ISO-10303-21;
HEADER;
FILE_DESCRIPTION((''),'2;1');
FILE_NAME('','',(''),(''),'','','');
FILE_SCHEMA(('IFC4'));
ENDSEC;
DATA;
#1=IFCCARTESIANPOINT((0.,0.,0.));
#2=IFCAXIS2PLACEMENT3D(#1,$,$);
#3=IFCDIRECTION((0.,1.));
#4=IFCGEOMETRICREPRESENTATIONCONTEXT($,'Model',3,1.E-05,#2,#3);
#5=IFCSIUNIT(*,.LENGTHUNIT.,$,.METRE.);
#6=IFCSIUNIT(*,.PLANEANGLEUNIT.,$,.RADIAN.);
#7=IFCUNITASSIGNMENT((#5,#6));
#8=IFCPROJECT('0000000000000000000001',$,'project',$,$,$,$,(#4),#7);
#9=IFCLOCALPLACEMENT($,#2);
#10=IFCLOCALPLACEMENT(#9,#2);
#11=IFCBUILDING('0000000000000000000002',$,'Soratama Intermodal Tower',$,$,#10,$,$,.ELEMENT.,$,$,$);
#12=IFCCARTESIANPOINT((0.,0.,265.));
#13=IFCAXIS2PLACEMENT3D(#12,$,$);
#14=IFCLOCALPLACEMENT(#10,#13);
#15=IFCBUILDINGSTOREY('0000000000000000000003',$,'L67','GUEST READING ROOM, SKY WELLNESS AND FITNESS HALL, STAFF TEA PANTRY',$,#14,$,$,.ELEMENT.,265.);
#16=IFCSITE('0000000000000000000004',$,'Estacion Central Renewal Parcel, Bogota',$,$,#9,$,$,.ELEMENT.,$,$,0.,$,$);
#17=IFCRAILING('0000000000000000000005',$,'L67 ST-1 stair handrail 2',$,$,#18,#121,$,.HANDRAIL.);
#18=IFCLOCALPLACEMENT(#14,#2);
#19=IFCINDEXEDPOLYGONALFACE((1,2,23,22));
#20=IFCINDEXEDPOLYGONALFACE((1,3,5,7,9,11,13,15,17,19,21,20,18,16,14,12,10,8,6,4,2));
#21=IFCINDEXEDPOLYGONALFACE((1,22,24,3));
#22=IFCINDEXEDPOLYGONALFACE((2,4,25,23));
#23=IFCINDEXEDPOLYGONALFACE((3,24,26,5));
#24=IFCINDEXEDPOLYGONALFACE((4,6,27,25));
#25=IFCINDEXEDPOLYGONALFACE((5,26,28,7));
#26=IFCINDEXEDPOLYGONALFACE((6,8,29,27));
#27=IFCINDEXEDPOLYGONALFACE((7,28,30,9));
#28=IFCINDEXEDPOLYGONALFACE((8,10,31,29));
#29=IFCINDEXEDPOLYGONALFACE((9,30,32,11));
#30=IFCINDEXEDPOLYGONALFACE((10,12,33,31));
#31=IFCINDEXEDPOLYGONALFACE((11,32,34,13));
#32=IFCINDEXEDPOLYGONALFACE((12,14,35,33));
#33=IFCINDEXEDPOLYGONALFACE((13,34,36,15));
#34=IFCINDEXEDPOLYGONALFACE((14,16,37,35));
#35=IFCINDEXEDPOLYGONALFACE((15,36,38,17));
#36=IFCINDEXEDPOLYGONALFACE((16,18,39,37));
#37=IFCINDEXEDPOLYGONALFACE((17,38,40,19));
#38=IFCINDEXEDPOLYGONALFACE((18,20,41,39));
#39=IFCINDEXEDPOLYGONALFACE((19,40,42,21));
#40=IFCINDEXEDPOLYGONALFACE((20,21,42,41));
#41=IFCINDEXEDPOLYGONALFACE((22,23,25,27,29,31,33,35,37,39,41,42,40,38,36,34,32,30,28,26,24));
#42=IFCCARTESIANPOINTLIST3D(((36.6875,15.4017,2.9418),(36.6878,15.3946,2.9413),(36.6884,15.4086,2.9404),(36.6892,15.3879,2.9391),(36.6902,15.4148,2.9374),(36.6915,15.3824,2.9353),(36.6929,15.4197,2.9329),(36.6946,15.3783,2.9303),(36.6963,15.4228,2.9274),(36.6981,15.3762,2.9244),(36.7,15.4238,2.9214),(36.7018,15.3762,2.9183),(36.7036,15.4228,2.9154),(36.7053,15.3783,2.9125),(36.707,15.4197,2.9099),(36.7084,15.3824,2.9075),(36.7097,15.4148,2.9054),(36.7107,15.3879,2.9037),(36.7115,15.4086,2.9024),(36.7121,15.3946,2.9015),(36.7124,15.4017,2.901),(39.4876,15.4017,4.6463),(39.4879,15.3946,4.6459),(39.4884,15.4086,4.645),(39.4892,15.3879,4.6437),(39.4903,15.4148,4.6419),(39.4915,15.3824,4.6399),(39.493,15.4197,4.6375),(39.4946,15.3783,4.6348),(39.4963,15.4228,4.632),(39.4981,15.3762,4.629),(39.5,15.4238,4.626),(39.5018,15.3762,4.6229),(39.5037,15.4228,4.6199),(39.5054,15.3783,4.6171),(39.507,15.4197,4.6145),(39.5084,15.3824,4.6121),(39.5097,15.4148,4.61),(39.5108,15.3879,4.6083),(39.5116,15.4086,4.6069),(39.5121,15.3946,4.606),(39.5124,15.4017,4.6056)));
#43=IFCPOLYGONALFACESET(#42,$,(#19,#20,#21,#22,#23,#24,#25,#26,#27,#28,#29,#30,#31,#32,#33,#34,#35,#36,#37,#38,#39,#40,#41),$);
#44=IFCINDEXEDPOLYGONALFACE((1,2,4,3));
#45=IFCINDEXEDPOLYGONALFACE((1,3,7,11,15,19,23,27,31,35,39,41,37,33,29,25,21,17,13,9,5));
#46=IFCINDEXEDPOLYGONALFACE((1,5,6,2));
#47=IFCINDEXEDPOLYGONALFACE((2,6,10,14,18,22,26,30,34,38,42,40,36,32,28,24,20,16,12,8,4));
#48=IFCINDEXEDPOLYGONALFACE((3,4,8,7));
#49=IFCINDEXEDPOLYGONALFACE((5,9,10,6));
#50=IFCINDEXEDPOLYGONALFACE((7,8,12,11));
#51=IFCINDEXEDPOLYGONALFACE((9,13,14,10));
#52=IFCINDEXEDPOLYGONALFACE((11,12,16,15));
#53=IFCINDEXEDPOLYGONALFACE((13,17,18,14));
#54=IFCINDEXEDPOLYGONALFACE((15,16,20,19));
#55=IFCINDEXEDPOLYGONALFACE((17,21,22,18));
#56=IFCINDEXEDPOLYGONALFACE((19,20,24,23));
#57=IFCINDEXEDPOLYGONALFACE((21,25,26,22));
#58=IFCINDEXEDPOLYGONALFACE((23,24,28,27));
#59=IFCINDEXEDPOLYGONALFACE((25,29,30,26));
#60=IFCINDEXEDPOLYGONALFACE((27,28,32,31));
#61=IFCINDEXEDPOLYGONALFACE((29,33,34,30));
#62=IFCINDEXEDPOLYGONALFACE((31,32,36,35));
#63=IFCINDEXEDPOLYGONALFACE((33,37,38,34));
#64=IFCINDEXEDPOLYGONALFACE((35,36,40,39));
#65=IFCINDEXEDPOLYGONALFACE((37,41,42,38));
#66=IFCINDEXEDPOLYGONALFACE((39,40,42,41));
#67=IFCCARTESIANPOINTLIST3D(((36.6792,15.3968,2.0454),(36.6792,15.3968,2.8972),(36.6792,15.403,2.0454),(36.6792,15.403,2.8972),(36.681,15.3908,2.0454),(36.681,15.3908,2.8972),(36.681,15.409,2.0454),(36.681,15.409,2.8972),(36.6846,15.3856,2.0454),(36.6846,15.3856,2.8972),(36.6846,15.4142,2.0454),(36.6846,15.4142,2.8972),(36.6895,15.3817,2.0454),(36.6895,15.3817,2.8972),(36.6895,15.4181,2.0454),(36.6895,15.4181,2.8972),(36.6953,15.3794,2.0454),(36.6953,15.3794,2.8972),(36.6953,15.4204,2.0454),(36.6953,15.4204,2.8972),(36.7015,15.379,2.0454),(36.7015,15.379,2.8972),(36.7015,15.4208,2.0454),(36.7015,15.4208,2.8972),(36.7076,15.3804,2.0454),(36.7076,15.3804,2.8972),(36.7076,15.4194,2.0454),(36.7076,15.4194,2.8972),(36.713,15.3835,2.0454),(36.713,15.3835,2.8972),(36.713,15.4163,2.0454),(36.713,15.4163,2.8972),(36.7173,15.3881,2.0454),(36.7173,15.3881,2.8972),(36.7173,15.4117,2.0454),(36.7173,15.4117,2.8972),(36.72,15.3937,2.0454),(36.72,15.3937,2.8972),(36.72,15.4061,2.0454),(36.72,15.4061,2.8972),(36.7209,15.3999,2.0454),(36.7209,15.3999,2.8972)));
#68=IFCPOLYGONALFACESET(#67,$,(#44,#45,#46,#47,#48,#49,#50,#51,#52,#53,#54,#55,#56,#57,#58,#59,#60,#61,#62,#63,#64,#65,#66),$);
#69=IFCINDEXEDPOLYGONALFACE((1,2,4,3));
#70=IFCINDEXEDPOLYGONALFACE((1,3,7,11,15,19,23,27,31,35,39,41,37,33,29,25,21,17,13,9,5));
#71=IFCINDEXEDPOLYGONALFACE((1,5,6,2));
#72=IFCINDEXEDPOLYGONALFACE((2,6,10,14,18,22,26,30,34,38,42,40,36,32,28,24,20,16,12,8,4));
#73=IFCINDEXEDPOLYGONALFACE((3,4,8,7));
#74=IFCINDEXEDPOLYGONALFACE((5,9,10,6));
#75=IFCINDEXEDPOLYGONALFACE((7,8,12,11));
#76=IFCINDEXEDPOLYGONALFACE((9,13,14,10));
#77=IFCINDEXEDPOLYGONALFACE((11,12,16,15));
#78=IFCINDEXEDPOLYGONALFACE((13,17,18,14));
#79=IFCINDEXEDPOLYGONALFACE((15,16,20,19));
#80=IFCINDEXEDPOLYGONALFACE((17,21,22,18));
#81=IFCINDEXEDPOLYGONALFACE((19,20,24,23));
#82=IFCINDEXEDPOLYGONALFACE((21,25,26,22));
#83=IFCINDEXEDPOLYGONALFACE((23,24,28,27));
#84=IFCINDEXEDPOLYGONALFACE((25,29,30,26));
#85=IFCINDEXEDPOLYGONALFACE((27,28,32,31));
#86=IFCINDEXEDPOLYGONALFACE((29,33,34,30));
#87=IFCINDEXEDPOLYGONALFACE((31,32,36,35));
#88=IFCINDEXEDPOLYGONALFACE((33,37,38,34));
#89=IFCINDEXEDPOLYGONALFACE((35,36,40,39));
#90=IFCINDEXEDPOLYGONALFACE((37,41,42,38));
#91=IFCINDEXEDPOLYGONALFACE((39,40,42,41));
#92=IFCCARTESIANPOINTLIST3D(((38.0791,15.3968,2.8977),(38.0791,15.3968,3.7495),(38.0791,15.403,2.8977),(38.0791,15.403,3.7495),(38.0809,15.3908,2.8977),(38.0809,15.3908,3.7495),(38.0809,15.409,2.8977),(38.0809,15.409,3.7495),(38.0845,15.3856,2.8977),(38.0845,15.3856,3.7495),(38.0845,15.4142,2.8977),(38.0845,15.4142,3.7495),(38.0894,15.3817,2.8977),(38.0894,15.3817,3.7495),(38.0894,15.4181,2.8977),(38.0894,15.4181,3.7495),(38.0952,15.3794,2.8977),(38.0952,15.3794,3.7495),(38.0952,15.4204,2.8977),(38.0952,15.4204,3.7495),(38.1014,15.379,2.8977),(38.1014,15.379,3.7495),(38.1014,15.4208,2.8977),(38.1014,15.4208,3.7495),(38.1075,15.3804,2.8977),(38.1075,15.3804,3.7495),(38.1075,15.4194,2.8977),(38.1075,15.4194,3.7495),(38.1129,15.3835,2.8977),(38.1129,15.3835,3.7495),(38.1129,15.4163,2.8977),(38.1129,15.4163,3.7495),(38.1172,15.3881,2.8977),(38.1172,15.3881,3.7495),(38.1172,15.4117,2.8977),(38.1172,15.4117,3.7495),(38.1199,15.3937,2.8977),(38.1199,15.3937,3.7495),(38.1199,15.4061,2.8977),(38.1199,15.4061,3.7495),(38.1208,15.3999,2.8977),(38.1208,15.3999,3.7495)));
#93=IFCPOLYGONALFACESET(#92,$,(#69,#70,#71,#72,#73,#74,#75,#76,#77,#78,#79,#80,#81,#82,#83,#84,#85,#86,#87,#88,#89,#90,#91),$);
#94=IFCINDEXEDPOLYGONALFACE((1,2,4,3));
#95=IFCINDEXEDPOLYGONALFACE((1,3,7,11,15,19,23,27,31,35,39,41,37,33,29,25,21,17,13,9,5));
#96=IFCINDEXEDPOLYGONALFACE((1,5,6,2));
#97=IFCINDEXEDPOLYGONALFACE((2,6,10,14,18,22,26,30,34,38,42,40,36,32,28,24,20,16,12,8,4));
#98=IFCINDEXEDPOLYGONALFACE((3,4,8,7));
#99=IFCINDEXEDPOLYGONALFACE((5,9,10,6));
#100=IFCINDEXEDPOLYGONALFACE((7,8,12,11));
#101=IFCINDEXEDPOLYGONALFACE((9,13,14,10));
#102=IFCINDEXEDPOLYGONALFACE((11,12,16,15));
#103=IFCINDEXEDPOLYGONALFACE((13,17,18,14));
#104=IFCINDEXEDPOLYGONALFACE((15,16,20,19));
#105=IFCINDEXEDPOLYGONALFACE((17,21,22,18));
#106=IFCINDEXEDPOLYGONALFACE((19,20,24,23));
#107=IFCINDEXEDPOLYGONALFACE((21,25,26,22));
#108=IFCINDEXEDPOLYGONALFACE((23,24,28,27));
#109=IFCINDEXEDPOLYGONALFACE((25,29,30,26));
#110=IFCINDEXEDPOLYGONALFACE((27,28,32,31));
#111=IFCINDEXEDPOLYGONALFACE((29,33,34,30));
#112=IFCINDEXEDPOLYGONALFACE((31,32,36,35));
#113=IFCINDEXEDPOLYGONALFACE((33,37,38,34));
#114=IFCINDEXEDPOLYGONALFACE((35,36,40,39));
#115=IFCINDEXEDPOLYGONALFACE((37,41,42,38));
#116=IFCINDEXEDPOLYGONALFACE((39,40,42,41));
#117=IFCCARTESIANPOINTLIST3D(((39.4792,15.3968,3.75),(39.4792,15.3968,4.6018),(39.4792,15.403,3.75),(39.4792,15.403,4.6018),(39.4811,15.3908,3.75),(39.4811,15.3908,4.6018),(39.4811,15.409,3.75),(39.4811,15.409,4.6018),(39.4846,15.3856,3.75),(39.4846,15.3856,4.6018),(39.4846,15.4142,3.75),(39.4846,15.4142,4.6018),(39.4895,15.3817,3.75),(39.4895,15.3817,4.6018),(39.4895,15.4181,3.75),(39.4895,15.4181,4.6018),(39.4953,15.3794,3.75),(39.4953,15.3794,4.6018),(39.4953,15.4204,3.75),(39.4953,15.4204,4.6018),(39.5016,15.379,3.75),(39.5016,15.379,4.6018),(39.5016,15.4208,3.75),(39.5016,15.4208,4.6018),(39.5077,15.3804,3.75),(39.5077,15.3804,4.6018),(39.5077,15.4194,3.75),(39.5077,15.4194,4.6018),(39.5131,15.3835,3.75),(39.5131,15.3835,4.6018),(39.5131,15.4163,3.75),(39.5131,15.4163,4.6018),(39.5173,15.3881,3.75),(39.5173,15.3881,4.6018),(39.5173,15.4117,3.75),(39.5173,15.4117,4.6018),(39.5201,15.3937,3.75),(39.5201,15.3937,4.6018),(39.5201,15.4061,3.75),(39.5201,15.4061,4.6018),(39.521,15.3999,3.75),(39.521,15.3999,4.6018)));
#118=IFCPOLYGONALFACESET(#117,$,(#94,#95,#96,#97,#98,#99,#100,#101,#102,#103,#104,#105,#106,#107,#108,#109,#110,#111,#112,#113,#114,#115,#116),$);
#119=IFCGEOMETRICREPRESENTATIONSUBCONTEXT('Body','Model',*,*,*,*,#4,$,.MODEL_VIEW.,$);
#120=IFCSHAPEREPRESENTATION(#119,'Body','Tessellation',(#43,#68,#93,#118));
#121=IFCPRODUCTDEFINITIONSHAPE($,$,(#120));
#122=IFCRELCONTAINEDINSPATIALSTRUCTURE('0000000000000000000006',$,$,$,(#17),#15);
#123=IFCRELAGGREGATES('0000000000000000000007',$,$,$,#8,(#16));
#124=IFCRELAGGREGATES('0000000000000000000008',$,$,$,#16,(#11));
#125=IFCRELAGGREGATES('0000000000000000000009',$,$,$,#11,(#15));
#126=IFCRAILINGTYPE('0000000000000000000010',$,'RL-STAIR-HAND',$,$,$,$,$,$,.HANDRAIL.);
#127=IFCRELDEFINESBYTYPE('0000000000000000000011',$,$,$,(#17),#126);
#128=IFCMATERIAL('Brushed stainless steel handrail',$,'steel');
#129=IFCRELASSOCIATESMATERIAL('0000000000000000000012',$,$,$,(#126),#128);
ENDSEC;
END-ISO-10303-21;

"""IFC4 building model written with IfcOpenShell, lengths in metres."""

from ifc_helpers import new_model, si_unit, direction, frame, origin, origin_2d, place, context, subcontext, project, spatial, circle, extrude, material, type_object, element, save


model = new_model("IFC4")

# Units and contexts
model_context = context("Model", 3, precision=1e-05, world=origin(), true_north=direction((0.0, 1.0)))
body_context = subcontext(model_context, "Body", "Model", "MODEL_VIEW")
ifc_project = project(units=[si_unit("LENGTHUNIT", "METRE"), si_unit("PLANEANGLEUNIT", "RADIAN")], contexts=[model_context])

# Site, building, storey
site_placement = place(None, origin())
site = spatial("IfcSite", under=ifc_project, at=site_placement, Name="Estacion Central Renewal Parcel, Bogota", CompositionType="ELEMENT", RefElevation=0.0)
building_placement = place(site_placement, origin())
building = spatial("IfcBuilding", under=site, at=building_placement, Name="Soratama Intermodal Tower", CompositionType="ELEMENT")
storey_placement = place(building_placement, frame((0.0, 0.0, 265.0)))
storey = spatial("IfcBuildingStorey", under=building, at=storey_placement, Name="L67", Description="GUEST READING ROOM, SKY WELLNESS AND FITNESS HALL, STAFF TEA PANTRY", CompositionType="ELEMENT", Elevation=265.0)

# Railing
ifc_material_1 = material(Name="Brushed stainless steel handrail", Category="steel")
railing_type_1 = type_object("IfcRailingType", Name="RL-STAIR-HAND", PredefinedType="HANDRAIL", material=ifc_material_1)
railing_1_placement = place(storey_placement, frame((36.7, 15.3999, 2.0454)))
element("IfcRailing", 1, at=railing_1_placement, inside=storey, type_object=railing_type_1, Name="L67 ST-1 stair handrail 2", PredefinedType="HANDRAIL", context=body_context, shape_type="SweptSolid", body=[
    extrude(circle(Radius=0.0239, at=origin_2d()), frame((0.0, 0.0, 0.876), z_axis=(0.85417, 0.0, 0.519994), x_axis=(0.0, 1.0, 0.0)), (0.0, 0.0, 1.0), 3.2781),
    extrude(circle(Radius=0.021, at=origin_2d()), origin(), (0.0, 0.0, 1.0), 0.8518),
    extrude(circle(Radius=0.021, at=origin_2d()), frame((1.3999, 0.0, 0.8523)), (0.0, 0.0, 1.0), 0.8518),
    extrude(circle(Radius=0.021, at=origin_2d()), frame((2.8, 0.0, 1.7046)), (0.0, 0.0, 1.0), 0.8518),
])

save(model, "model.ifc")
